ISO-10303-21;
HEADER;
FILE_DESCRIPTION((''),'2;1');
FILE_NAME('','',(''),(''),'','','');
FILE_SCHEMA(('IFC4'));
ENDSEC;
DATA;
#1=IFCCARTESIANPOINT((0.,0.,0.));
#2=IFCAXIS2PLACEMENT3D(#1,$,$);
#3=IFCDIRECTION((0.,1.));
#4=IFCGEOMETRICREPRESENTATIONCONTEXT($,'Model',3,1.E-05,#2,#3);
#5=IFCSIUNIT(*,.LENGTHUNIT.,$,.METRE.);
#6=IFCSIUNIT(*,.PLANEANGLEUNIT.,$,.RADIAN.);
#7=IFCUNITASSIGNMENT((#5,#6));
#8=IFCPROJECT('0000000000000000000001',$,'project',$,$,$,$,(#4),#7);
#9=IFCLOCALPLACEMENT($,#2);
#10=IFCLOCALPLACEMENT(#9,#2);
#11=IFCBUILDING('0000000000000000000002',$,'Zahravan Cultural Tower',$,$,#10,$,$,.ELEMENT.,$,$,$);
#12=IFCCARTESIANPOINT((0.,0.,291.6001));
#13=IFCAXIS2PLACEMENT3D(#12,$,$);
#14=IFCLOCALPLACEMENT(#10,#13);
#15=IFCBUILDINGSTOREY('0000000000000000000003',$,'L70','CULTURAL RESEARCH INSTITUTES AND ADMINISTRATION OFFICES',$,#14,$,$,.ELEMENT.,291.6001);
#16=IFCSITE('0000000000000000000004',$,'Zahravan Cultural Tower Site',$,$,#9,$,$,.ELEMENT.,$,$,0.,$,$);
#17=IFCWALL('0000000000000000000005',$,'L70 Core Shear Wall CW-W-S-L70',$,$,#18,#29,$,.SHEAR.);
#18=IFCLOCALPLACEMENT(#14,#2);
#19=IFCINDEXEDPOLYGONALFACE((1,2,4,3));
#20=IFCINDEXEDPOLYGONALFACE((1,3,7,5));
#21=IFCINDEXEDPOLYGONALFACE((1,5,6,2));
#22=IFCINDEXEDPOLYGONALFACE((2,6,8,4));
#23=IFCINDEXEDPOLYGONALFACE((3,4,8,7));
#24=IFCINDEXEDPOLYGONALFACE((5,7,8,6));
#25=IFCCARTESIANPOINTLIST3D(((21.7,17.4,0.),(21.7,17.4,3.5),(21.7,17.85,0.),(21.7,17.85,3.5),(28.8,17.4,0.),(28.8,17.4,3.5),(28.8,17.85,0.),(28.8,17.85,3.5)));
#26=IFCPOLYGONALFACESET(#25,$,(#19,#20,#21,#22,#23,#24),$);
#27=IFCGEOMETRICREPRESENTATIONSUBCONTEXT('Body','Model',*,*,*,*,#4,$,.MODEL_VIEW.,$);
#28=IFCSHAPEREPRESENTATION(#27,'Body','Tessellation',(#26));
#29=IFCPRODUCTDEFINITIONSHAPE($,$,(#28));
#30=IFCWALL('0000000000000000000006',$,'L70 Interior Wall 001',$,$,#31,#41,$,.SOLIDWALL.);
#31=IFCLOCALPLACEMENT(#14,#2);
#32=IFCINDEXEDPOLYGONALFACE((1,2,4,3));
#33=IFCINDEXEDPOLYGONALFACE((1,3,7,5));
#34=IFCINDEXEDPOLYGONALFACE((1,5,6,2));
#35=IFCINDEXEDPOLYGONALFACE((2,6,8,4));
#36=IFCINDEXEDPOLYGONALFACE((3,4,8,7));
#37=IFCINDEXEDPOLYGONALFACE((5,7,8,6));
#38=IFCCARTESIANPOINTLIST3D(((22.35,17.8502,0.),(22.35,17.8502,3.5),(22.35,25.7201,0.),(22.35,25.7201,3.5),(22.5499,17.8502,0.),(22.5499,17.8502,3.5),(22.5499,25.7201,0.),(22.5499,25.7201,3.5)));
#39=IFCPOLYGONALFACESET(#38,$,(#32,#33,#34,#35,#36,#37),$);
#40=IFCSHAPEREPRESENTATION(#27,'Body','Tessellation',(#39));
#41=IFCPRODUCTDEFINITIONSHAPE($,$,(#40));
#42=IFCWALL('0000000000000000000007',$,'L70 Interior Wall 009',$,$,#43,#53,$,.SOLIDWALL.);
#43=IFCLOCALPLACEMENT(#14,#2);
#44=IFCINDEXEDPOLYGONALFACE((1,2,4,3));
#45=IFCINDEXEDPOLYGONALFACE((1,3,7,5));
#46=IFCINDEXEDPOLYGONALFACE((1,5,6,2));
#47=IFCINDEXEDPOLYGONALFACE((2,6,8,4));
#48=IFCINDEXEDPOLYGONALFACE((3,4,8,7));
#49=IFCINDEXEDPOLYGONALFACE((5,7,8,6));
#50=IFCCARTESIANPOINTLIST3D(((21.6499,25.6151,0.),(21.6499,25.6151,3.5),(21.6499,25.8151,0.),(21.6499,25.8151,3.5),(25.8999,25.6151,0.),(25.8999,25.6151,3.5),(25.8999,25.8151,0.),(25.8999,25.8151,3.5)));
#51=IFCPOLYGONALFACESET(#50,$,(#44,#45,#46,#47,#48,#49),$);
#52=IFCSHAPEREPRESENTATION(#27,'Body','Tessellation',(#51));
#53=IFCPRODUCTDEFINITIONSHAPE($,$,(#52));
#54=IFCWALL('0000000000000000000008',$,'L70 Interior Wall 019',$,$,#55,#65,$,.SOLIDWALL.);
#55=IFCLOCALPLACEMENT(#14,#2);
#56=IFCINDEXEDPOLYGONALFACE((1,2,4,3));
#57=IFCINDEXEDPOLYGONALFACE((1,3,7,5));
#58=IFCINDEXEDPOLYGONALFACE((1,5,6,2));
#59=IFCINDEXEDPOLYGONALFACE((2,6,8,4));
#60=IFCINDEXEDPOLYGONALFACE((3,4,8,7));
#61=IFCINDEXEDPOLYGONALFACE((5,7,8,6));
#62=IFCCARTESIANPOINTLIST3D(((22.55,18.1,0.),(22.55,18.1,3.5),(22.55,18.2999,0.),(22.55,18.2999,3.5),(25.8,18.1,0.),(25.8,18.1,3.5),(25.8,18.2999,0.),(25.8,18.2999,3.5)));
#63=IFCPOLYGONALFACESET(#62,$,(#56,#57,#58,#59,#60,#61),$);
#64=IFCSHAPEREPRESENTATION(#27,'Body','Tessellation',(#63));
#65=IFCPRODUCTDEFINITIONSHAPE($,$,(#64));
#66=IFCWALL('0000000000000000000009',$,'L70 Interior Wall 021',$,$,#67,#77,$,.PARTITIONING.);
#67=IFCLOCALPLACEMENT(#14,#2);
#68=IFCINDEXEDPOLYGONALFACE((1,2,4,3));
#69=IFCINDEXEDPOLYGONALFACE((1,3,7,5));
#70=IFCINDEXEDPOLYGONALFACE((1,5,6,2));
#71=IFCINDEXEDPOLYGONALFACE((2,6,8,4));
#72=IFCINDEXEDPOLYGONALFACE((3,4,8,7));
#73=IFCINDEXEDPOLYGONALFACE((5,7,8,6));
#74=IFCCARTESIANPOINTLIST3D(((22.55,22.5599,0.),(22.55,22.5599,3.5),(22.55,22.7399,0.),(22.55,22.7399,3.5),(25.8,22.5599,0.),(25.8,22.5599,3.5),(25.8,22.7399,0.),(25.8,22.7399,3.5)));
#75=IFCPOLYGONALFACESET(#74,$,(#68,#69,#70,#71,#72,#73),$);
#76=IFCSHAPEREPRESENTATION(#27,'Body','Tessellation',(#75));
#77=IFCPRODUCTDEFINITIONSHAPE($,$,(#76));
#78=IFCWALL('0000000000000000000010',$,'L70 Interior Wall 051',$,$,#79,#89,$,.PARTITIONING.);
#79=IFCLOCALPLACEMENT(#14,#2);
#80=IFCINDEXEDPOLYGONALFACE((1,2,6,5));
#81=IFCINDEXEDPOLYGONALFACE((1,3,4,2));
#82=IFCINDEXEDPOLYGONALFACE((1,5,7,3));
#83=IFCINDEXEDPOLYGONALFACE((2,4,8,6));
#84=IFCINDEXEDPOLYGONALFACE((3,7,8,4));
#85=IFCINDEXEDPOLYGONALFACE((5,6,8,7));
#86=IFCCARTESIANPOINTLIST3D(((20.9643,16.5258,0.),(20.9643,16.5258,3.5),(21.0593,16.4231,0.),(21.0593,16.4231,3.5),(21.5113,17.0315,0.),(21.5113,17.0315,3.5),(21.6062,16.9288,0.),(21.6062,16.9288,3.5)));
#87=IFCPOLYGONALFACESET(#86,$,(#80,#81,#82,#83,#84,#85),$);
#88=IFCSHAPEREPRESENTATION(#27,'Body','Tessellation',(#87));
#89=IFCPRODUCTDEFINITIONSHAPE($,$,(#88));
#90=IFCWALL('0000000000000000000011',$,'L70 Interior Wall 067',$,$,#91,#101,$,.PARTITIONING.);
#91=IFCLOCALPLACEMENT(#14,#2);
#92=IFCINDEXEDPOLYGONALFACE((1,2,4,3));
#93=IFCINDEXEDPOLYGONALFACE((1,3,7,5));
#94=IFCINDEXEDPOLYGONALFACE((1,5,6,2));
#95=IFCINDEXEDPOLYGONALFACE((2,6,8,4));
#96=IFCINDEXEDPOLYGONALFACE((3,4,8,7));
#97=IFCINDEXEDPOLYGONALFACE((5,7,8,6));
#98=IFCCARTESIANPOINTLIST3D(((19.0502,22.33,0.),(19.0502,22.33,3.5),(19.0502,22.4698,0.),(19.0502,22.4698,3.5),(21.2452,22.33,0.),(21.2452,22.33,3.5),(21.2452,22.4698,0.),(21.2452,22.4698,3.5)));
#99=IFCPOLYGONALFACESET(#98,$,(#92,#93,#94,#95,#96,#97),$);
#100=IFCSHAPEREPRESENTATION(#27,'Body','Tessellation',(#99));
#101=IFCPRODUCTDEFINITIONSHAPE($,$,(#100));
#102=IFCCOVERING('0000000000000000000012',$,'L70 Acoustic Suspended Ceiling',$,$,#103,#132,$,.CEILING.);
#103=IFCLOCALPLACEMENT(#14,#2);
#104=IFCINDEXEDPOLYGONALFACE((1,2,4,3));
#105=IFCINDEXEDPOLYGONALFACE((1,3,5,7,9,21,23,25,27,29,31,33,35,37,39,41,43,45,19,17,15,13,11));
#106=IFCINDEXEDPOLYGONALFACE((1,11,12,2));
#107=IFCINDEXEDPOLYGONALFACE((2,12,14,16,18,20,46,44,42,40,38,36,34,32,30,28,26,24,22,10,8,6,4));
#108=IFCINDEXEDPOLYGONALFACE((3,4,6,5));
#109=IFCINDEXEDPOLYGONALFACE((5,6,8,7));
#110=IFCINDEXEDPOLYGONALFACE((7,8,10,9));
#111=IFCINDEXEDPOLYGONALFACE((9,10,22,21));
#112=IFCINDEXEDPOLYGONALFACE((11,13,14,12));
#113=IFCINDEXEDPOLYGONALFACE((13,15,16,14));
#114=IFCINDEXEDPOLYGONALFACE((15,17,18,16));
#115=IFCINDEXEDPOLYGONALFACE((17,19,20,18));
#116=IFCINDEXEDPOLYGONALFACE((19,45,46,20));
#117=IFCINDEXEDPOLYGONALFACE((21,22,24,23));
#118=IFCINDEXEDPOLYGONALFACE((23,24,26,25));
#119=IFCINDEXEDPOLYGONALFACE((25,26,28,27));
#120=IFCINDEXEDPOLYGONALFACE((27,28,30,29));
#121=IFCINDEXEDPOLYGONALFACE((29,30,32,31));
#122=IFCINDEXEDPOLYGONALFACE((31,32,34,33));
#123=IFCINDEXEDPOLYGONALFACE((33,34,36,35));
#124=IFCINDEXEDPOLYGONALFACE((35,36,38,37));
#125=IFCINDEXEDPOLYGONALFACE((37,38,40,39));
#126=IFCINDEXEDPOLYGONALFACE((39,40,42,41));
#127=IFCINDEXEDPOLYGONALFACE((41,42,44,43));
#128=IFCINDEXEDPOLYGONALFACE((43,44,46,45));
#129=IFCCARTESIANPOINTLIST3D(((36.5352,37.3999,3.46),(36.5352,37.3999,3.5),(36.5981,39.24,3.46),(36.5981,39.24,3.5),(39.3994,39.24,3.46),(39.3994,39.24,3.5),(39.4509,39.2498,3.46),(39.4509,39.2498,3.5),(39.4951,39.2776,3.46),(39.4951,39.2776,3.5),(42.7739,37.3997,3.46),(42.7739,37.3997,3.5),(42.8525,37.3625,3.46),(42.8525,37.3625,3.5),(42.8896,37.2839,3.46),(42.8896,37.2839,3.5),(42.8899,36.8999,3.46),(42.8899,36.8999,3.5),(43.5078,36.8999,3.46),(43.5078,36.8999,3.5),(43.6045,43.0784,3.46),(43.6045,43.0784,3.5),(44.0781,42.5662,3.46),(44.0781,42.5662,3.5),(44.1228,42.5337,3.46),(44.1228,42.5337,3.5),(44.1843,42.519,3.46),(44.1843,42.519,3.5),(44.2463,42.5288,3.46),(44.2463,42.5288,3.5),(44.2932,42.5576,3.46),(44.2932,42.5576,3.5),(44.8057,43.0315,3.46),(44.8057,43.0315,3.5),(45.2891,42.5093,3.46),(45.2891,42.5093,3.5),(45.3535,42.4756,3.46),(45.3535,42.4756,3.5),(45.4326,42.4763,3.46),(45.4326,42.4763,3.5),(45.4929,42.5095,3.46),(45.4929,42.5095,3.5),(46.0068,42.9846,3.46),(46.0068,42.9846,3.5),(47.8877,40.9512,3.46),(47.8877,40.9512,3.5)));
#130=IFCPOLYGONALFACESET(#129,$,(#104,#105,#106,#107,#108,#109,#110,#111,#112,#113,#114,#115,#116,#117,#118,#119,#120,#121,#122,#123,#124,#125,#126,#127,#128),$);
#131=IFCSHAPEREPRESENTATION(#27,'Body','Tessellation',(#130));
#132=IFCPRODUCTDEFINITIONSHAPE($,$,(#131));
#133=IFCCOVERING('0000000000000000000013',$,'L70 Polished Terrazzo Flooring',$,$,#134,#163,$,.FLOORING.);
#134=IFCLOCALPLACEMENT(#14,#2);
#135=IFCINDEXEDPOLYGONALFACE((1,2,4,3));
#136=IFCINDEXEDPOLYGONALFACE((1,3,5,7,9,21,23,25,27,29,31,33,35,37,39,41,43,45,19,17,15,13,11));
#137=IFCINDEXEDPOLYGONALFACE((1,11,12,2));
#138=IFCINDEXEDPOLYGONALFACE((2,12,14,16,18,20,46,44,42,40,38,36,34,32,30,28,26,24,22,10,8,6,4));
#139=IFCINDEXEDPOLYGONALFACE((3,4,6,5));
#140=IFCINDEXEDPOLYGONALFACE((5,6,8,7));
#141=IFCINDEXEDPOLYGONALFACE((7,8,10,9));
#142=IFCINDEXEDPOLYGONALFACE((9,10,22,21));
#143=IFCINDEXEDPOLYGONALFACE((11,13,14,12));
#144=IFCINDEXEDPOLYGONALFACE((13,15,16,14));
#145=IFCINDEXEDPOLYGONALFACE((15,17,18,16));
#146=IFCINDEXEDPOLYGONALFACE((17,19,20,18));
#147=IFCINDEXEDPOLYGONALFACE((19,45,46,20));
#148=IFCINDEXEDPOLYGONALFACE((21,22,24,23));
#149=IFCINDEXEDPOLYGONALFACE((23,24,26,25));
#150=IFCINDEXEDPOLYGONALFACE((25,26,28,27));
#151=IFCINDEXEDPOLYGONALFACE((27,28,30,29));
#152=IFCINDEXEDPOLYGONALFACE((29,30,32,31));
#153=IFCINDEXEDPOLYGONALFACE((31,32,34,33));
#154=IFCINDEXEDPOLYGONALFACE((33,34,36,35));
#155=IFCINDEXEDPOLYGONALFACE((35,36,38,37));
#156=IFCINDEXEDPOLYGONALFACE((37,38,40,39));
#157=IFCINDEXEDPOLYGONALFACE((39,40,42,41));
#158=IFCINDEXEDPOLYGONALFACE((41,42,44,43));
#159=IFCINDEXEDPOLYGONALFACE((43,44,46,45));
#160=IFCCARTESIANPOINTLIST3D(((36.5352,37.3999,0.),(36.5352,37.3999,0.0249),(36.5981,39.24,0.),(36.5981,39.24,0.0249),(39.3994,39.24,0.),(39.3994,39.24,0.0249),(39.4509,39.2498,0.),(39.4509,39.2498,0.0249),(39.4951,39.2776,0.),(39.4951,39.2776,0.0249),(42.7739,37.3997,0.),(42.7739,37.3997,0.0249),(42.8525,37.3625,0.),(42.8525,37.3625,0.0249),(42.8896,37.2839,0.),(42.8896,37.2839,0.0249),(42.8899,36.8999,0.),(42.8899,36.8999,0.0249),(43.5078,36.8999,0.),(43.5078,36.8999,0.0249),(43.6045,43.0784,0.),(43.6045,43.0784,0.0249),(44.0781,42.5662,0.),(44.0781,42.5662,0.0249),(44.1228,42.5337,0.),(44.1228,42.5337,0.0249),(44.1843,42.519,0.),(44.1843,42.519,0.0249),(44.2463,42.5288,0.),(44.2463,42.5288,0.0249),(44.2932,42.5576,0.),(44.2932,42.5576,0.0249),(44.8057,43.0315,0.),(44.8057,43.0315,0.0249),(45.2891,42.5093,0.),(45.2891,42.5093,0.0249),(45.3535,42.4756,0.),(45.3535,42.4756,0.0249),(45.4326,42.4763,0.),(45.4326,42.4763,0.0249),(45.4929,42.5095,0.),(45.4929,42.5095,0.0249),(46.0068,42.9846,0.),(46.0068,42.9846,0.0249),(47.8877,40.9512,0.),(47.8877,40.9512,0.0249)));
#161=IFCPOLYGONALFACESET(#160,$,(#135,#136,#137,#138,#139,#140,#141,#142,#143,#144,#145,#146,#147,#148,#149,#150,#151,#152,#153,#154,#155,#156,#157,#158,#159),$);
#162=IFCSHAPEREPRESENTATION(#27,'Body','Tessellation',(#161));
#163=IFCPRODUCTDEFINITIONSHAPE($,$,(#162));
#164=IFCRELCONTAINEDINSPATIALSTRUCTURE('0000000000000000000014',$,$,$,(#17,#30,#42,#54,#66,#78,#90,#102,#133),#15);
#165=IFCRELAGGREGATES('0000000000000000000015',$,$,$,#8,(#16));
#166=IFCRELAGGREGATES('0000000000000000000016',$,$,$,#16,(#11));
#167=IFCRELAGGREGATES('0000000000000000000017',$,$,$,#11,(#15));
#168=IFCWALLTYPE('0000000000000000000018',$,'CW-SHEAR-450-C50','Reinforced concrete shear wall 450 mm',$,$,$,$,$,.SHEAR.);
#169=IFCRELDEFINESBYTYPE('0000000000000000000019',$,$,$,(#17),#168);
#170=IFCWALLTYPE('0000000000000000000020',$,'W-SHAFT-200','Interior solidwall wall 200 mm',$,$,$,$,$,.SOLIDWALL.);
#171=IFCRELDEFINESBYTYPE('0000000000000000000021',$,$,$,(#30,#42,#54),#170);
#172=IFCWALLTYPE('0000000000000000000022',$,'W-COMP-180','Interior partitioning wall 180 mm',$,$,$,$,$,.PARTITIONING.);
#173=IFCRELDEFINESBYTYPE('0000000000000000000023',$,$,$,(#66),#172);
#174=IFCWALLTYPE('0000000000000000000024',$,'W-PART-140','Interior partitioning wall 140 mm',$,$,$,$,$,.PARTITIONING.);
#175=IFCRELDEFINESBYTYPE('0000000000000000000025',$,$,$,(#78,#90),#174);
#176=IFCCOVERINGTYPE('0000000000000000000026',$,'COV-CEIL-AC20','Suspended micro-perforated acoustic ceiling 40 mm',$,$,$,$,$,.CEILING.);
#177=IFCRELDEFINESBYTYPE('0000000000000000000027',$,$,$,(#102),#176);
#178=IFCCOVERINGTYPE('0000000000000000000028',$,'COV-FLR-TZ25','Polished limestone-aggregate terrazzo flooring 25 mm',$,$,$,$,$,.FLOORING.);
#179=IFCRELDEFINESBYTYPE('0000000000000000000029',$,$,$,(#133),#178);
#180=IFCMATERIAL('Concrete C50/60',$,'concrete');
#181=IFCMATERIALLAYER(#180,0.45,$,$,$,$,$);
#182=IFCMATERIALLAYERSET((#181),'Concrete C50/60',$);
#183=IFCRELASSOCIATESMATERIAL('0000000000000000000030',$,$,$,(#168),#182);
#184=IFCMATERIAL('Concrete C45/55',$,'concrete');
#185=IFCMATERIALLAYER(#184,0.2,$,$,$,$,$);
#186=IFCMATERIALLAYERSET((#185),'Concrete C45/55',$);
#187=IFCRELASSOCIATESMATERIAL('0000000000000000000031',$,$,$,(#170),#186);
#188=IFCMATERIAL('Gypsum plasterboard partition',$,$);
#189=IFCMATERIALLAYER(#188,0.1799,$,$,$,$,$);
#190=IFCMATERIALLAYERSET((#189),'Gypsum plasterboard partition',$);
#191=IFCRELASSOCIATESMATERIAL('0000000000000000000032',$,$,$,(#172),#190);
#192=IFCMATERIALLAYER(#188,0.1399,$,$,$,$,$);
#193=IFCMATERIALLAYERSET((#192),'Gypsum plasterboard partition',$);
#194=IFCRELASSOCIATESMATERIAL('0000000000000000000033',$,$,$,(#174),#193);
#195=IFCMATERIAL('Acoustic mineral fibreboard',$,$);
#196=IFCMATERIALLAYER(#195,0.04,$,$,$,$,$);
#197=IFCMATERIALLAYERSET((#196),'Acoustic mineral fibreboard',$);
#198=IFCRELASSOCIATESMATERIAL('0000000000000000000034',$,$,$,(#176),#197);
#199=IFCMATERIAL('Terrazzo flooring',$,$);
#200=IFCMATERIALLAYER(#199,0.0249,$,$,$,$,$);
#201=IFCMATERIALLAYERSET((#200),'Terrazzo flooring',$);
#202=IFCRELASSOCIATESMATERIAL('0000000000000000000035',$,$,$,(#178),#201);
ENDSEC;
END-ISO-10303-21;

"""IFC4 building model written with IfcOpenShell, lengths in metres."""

from ifc_helpers import new_model, si_unit, direction, frame, frame_2d, origin, place, context, subcontext, project, spatial, polyline, rectangle, outline, extrude, source, transform, mapped, material, layer, layer_set, type_object, element, save


model = new_model("IFC4")

# Units and contexts
model_context = context("Model", 3, precision=1e-05, world=origin(), true_north=direction((0.0, 1.0)))
body_context = subcontext(model_context, "Body", "Model", "MODEL_VIEW")
ifc_project = project(units=[si_unit("LENGTHUNIT", "METRE"), si_unit("PLANEANGLEUNIT", "RADIAN")], contexts=[model_context])

# Site, building, storey
site_placement = place(None, origin())
site = spatial("IfcSite", under=ifc_project, at=site_placement, Name="Zahravan Cultural Tower Site", CompositionType="ELEMENT", RefElevation=0.0)
building_placement = place(site_placement, origin())
building = spatial("IfcBuilding", under=site, at=building_placement, Name="Zahravan Cultural Tower", CompositionType="ELEMENT")
storey_placement = place(building_placement, frame((0.0, 0.0, 291.6001)))
storey = spatial("IfcBuildingStorey", under=building, at=storey_placement, Name="L70", Description="CULTURAL RESEARCH INSTITUTES AND ADMINISTRATION OFFICES", CompositionType="ELEMENT", Elevation=291.6001)

# Shared definitions
ifc_material_1 = material(Name="Concrete C50/60", Category="concrete")

# Shared definitions
ifc_material_2 = material(Name="Concrete C45/55", Category="concrete")

# Walls
ifc_layer_1 = layer(ifc_material_1, 0.45)
ifc_layer_set_1 = layer_set([ifc_layer_1], Name="Concrete C50/60")
wall_type_1 = type_object("IfcWallType", Name="CW-SHEAR-450-C50", Description="Reinforced concrete shear wall 450 mm", PredefinedType="SHEAR", material=ifc_layer_set_1)
shared_shape_1 = source(origin(), body_context, "Body", "SweptSolid", [
    extrude(rectangle(XDim=7.1001, YDim=0.45, at=frame_2d((3.55, 0.0))), origin(), (0.0, 0.0, 1.0), 3.5),
])
wall_1_placement = place(storey_placement, frame((21.7, 17.625, 0.0), z_axis=(0.0, 0.0, 1.0), x_axis=(1.0, 0.0, 0.0)))
element("IfcWall", 1, at=wall_1_placement, inside=storey, type_object=wall_type_1, Name="L70 Core Shear Wall CW-W-S-L70", PredefinedType="SHEAR", context=body_context, shape_type="MappedRepresentation", body=[
    mapped(shared_shape_1, transform((0.0, 0.0, 0.0), x_axis=(1.0, 0.0, 0.0), y_axis=(0.0, 1.0, 0.0), z_axis=(0.0, 0.0, 1.0), scale=1.0)),
])
ifc_layer_2 = layer(ifc_material_2, 0.2)
ifc_layer_set_2 = layer_set([ifc_layer_2], Name="Concrete C45/55")
wall_type_2 = type_object("IfcWallType", Name="W-SHAFT-200", Description="Interior solidwall wall 200 mm", PredefinedType="SOLIDWALL", material=ifc_layer_set_2)
shared_shape_2 = source(origin(), body_context, "Body", "SweptSolid", [
    extrude(rectangle(XDim=7.8699, YDim=0.2, at=frame_2d((3.9351, 0.0))), origin(), (0.0, 0.0, 1.0), 3.5),
])
wall_2_placement = place(storey_placement, frame((22.45, 17.8501, 0.0), z_axis=(0.0, 0.0, 1.0), x_axis=(0.0, 1.0, 0.0)))
element("IfcWall", 2, at=wall_2_placement, inside=storey, type_object=wall_type_2, Name="L70 Interior Wall 001", PredefinedType="SOLIDWALL", context=body_context, shape_type="MappedRepresentation", body=[
    mapped(shared_shape_2, transform((0.0, 0.0, 0.0), x_axis=(1.0, 0.0, 0.0), y_axis=(0.0, 1.0, 0.0), z_axis=(0.0, 0.0, 1.0), scale=1.0)),
])
shared_shape_3 = source(origin(), body_context, "Body", "SweptSolid", [
    extrude(rectangle(XDim=4.25, YDim=0.2, at=frame_2d((2.125, 0.0))), origin(), (0.0, 0.0, 1.0), 3.5),
])
wall_3_placement = place(storey_placement, frame((21.6499, 25.7151, 0.0), z_axis=(0.0, 0.0, 1.0), x_axis=(1.0, 0.0, 0.0)))
element("IfcWall", 3, at=wall_3_placement, inside=storey, type_object=wall_type_2, Name="L70 Interior Wall 009", PredefinedType="SOLIDWALL", context=body_context, shape_type="MappedRepresentation", body=[
    mapped(shared_shape_3, transform((0.0, 0.0, 0.0), x_axis=(1.0, 0.0, 0.0), y_axis=(0.0, 1.0, 0.0), z_axis=(0.0, 0.0, 1.0), scale=1.0)),
])
shared_shape_4 = source(origin(), body_context, "Body", "SweptSolid", [
    extrude(rectangle(XDim=3.25, YDim=0.2, at=frame_2d((1.625, 0.0))), origin(), (0.0, 0.0, 1.0), 3.5),
])
wall_4_placement = place(storey_placement, frame((22.55, 18.2, 0.0), z_axis=(0.0, 0.0, 1.0), x_axis=(1.0, 0.0, 0.0)))
element("IfcWall", 4, at=wall_4_placement, inside=storey, type_object=wall_type_2, Name="L70 Interior Wall 019", PredefinedType="SOLIDWALL", context=body_context, shape_type="MappedRepresentation", body=[
    mapped(shared_shape_4, transform((0.0, 0.0, 0.0), x_axis=(1.0, 0.0, 0.0), y_axis=(0.0, 1.0, 0.0), z_axis=(0.0, 0.0, 1.0), scale=1.0)),
])
ifc_material_3 = material(Name="Gypsum plasterboard partition")
ifc_layer_3 = layer(ifc_material_3, 0.1799)
ifc_layer_set_3 = layer_set([ifc_layer_3], Name="Gypsum plasterboard partition")
wall_type_3 = type_object("IfcWallType", Name="W-COMP-180", Description="Interior partitioning wall 180 mm", PredefinedType="PARTITIONING", material=ifc_layer_set_3)
shared_shape_5 = source(origin(), body_context, "Body", "SweptSolid", [
    extrude(rectangle(XDim=3.25, YDim=0.1799, at=frame_2d((1.625, 0.0))), origin(), (0.0, 0.0, 1.0), 3.5),
])
wall_5_placement = place(storey_placement, frame((22.55, 22.6499, 0.0), z_axis=(0.0, 0.0, 1.0), x_axis=(1.0, 0.0, 0.0)))
element("IfcWall", 5, at=wall_5_placement, inside=storey, type_object=wall_type_3, Name="L70 Interior Wall 021", PredefinedType="PARTITIONING", context=body_context, shape_type="MappedRepresentation", body=[
    mapped(shared_shape_5, transform((0.0, 0.0, 0.0), x_axis=(1.0, 0.0, 0.0), y_axis=(0.0, 1.0, 0.0), z_axis=(0.0, 0.0, 1.0), scale=1.0)),
])
ifc_layer_4 = layer(ifc_material_3, 0.1399)
ifc_layer_set_4 = layer_set([ifc_layer_4], Name="Gypsum plasterboard partition")
wall_type_4 = type_object("IfcWallType", Name="W-PART-140", Description="Interior partitioning wall 140 mm", PredefinedType="PARTITIONING", material=ifc_layer_set_4)
shared_shape_6 = source(origin(), body_context, "Body", "SweptSolid", [
    extrude(rectangle(XDim=0.7449, YDim=0.1399, at=frame_2d((0.3726, 0.0))), origin(), (0.0, 0.0, 1.0), 3.5),
])
wall_6_placement = place(storey_placement, frame((21.0117, 16.4744, 0.0), z_axis=(0.0, 0.0, 1.0), x_axis=(0.734263, 0.678865, 0.0)))
element("IfcWall", 6, at=wall_6_placement, inside=storey, type_object=wall_type_4, Name="L70 Interior Wall 051", PredefinedType="PARTITIONING", context=body_context, shape_type="MappedRepresentation", body=[
    mapped(shared_shape_6, transform((0.0, 0.0, 0.0), x_axis=(1.0, 0.0, 0.0), y_axis=(0.0, 1.0, 0.0), z_axis=(0.0, 0.0, 1.0), scale=1.0)),
])
shared_shape_7 = source(origin(), body_context, "Body", "SweptSolid", [
    extrude(rectangle(XDim=2.1951, YDim=0.1399, at=frame_2d((1.0977, 0.0))), origin(), (0.0, 0.0, 1.0), 3.5),
])
wall_7_placement = place(storey_placement, frame((19.05, 22.3999, 0.0), z_axis=(0.0, 0.0, 1.0), x_axis=(1.0, 0.0, 0.0)))
element("IfcWall", 7, at=wall_7_placement, inside=storey, type_object=wall_type_4, Name="L70 Interior Wall 067", PredefinedType="PARTITIONING", context=body_context, shape_type="MappedRepresentation", body=[
    mapped(shared_shape_7, transform((0.0, 0.0, 0.0), x_axis=(1.0, 0.0, 0.0), y_axis=(0.0, 1.0, 0.0), z_axis=(0.0, 0.0, 1.0), scale=1.0)),
])

# Coverings
ifc_material_4 = material(Name="Acoustic mineral fibreboard")
ifc_layer_5 = layer(ifc_material_4, 0.04)
ifc_layer_set_5 = layer_set([ifc_layer_5], Name="Acoustic mineral fibreboard")
covering_type_1 = type_object("IfcCoveringType", Name="COV-CEIL-AC20", Description="Suspended micro-perforated acoustic ceiling 40 mm", PredefinedType="CEILING", material=ifc_layer_set_5)
covering_1_placement = place(storey_placement, frame((0.0, 0.0, 3.46)))
element("IfcCovering", 8, at=covering_1_placement, inside=storey, type_object=covering_type_1, Name="L70 Acoustic Suspended Ceiling", PredefinedType="CEILING", context=body_context, shape_type="SweptSolid", body=[
    extrude(outline(polyline([(46.0068, 42.9846), (45.4929, 42.5095), (45.4326, 42.4763), (45.3535, 42.4756), (45.2891, 42.5093), (44.8057, 43.0315), (44.2932, 42.5576), (44.2463, 42.5288), (44.1843, 42.519), (44.1228, 42.5337), (44.0781, 42.5662), (43.6045, 43.0784), (39.4951, 39.2776), (39.4509, 39.2498), (39.3994, 39.24), (36.5981, 39.24), (36.5352, 37.3999), (42.7739, 37.3997), (42.8525, 37.3625), (42.8896, 37.2839), (42.8899, 36.8999), (43.5078, 36.8999), (47.8877, 40.9512), (46.0068, 42.9846)])), origin(), (0.0, 0.0, 1.0), 0.04),
])
ifc_material_5 = material(Name="Terrazzo flooring")
ifc_layer_6 = layer(ifc_material_5, 0.0249)
ifc_layer_set_6 = layer_set([ifc_layer_6], Name="Terrazzo flooring")
covering_type_2 = type_object("IfcCoveringType", Name="COV-FLR-TZ25", Description="Polished limestone-aggregate terrazzo flooring 25 mm", PredefinedType="FLOORING", material=ifc_layer_set_6)
covering_2_placement = place(storey_placement, origin())
element("IfcCovering", 9, at=covering_2_placement, inside=storey, type_object=covering_type_2, Name="L70 Polished Terrazzo Flooring", PredefinedType="FLOORING", context=body_context, shape_type="SweptSolid", body=[
    extrude(outline(polyline([(46.0068, 42.9846), (45.4929, 42.5095), (45.4326, 42.4763), (45.3535, 42.4756), (45.2891, 42.5093), (44.8057, 43.0315), (44.2932, 42.5576), (44.2463, 42.5288), (44.1843, 42.519), (44.1228, 42.5337), (44.0781, 42.5662), (43.6045, 43.0784), (39.4951, 39.2776), (39.4509, 39.2498), (39.3994, 39.24), (36.5981, 39.24), (36.5352, 37.3999), (42.7739, 37.3997), (42.8525, 37.3625), (42.8896, 37.2839), (42.8899, 36.8999), (43.5078, 36.8999), (47.8877, 40.9512), (46.0068, 42.9846)])), origin(), (0.0, 0.0, 1.0), 0.0249),
])

save(model, "model.ifc")
